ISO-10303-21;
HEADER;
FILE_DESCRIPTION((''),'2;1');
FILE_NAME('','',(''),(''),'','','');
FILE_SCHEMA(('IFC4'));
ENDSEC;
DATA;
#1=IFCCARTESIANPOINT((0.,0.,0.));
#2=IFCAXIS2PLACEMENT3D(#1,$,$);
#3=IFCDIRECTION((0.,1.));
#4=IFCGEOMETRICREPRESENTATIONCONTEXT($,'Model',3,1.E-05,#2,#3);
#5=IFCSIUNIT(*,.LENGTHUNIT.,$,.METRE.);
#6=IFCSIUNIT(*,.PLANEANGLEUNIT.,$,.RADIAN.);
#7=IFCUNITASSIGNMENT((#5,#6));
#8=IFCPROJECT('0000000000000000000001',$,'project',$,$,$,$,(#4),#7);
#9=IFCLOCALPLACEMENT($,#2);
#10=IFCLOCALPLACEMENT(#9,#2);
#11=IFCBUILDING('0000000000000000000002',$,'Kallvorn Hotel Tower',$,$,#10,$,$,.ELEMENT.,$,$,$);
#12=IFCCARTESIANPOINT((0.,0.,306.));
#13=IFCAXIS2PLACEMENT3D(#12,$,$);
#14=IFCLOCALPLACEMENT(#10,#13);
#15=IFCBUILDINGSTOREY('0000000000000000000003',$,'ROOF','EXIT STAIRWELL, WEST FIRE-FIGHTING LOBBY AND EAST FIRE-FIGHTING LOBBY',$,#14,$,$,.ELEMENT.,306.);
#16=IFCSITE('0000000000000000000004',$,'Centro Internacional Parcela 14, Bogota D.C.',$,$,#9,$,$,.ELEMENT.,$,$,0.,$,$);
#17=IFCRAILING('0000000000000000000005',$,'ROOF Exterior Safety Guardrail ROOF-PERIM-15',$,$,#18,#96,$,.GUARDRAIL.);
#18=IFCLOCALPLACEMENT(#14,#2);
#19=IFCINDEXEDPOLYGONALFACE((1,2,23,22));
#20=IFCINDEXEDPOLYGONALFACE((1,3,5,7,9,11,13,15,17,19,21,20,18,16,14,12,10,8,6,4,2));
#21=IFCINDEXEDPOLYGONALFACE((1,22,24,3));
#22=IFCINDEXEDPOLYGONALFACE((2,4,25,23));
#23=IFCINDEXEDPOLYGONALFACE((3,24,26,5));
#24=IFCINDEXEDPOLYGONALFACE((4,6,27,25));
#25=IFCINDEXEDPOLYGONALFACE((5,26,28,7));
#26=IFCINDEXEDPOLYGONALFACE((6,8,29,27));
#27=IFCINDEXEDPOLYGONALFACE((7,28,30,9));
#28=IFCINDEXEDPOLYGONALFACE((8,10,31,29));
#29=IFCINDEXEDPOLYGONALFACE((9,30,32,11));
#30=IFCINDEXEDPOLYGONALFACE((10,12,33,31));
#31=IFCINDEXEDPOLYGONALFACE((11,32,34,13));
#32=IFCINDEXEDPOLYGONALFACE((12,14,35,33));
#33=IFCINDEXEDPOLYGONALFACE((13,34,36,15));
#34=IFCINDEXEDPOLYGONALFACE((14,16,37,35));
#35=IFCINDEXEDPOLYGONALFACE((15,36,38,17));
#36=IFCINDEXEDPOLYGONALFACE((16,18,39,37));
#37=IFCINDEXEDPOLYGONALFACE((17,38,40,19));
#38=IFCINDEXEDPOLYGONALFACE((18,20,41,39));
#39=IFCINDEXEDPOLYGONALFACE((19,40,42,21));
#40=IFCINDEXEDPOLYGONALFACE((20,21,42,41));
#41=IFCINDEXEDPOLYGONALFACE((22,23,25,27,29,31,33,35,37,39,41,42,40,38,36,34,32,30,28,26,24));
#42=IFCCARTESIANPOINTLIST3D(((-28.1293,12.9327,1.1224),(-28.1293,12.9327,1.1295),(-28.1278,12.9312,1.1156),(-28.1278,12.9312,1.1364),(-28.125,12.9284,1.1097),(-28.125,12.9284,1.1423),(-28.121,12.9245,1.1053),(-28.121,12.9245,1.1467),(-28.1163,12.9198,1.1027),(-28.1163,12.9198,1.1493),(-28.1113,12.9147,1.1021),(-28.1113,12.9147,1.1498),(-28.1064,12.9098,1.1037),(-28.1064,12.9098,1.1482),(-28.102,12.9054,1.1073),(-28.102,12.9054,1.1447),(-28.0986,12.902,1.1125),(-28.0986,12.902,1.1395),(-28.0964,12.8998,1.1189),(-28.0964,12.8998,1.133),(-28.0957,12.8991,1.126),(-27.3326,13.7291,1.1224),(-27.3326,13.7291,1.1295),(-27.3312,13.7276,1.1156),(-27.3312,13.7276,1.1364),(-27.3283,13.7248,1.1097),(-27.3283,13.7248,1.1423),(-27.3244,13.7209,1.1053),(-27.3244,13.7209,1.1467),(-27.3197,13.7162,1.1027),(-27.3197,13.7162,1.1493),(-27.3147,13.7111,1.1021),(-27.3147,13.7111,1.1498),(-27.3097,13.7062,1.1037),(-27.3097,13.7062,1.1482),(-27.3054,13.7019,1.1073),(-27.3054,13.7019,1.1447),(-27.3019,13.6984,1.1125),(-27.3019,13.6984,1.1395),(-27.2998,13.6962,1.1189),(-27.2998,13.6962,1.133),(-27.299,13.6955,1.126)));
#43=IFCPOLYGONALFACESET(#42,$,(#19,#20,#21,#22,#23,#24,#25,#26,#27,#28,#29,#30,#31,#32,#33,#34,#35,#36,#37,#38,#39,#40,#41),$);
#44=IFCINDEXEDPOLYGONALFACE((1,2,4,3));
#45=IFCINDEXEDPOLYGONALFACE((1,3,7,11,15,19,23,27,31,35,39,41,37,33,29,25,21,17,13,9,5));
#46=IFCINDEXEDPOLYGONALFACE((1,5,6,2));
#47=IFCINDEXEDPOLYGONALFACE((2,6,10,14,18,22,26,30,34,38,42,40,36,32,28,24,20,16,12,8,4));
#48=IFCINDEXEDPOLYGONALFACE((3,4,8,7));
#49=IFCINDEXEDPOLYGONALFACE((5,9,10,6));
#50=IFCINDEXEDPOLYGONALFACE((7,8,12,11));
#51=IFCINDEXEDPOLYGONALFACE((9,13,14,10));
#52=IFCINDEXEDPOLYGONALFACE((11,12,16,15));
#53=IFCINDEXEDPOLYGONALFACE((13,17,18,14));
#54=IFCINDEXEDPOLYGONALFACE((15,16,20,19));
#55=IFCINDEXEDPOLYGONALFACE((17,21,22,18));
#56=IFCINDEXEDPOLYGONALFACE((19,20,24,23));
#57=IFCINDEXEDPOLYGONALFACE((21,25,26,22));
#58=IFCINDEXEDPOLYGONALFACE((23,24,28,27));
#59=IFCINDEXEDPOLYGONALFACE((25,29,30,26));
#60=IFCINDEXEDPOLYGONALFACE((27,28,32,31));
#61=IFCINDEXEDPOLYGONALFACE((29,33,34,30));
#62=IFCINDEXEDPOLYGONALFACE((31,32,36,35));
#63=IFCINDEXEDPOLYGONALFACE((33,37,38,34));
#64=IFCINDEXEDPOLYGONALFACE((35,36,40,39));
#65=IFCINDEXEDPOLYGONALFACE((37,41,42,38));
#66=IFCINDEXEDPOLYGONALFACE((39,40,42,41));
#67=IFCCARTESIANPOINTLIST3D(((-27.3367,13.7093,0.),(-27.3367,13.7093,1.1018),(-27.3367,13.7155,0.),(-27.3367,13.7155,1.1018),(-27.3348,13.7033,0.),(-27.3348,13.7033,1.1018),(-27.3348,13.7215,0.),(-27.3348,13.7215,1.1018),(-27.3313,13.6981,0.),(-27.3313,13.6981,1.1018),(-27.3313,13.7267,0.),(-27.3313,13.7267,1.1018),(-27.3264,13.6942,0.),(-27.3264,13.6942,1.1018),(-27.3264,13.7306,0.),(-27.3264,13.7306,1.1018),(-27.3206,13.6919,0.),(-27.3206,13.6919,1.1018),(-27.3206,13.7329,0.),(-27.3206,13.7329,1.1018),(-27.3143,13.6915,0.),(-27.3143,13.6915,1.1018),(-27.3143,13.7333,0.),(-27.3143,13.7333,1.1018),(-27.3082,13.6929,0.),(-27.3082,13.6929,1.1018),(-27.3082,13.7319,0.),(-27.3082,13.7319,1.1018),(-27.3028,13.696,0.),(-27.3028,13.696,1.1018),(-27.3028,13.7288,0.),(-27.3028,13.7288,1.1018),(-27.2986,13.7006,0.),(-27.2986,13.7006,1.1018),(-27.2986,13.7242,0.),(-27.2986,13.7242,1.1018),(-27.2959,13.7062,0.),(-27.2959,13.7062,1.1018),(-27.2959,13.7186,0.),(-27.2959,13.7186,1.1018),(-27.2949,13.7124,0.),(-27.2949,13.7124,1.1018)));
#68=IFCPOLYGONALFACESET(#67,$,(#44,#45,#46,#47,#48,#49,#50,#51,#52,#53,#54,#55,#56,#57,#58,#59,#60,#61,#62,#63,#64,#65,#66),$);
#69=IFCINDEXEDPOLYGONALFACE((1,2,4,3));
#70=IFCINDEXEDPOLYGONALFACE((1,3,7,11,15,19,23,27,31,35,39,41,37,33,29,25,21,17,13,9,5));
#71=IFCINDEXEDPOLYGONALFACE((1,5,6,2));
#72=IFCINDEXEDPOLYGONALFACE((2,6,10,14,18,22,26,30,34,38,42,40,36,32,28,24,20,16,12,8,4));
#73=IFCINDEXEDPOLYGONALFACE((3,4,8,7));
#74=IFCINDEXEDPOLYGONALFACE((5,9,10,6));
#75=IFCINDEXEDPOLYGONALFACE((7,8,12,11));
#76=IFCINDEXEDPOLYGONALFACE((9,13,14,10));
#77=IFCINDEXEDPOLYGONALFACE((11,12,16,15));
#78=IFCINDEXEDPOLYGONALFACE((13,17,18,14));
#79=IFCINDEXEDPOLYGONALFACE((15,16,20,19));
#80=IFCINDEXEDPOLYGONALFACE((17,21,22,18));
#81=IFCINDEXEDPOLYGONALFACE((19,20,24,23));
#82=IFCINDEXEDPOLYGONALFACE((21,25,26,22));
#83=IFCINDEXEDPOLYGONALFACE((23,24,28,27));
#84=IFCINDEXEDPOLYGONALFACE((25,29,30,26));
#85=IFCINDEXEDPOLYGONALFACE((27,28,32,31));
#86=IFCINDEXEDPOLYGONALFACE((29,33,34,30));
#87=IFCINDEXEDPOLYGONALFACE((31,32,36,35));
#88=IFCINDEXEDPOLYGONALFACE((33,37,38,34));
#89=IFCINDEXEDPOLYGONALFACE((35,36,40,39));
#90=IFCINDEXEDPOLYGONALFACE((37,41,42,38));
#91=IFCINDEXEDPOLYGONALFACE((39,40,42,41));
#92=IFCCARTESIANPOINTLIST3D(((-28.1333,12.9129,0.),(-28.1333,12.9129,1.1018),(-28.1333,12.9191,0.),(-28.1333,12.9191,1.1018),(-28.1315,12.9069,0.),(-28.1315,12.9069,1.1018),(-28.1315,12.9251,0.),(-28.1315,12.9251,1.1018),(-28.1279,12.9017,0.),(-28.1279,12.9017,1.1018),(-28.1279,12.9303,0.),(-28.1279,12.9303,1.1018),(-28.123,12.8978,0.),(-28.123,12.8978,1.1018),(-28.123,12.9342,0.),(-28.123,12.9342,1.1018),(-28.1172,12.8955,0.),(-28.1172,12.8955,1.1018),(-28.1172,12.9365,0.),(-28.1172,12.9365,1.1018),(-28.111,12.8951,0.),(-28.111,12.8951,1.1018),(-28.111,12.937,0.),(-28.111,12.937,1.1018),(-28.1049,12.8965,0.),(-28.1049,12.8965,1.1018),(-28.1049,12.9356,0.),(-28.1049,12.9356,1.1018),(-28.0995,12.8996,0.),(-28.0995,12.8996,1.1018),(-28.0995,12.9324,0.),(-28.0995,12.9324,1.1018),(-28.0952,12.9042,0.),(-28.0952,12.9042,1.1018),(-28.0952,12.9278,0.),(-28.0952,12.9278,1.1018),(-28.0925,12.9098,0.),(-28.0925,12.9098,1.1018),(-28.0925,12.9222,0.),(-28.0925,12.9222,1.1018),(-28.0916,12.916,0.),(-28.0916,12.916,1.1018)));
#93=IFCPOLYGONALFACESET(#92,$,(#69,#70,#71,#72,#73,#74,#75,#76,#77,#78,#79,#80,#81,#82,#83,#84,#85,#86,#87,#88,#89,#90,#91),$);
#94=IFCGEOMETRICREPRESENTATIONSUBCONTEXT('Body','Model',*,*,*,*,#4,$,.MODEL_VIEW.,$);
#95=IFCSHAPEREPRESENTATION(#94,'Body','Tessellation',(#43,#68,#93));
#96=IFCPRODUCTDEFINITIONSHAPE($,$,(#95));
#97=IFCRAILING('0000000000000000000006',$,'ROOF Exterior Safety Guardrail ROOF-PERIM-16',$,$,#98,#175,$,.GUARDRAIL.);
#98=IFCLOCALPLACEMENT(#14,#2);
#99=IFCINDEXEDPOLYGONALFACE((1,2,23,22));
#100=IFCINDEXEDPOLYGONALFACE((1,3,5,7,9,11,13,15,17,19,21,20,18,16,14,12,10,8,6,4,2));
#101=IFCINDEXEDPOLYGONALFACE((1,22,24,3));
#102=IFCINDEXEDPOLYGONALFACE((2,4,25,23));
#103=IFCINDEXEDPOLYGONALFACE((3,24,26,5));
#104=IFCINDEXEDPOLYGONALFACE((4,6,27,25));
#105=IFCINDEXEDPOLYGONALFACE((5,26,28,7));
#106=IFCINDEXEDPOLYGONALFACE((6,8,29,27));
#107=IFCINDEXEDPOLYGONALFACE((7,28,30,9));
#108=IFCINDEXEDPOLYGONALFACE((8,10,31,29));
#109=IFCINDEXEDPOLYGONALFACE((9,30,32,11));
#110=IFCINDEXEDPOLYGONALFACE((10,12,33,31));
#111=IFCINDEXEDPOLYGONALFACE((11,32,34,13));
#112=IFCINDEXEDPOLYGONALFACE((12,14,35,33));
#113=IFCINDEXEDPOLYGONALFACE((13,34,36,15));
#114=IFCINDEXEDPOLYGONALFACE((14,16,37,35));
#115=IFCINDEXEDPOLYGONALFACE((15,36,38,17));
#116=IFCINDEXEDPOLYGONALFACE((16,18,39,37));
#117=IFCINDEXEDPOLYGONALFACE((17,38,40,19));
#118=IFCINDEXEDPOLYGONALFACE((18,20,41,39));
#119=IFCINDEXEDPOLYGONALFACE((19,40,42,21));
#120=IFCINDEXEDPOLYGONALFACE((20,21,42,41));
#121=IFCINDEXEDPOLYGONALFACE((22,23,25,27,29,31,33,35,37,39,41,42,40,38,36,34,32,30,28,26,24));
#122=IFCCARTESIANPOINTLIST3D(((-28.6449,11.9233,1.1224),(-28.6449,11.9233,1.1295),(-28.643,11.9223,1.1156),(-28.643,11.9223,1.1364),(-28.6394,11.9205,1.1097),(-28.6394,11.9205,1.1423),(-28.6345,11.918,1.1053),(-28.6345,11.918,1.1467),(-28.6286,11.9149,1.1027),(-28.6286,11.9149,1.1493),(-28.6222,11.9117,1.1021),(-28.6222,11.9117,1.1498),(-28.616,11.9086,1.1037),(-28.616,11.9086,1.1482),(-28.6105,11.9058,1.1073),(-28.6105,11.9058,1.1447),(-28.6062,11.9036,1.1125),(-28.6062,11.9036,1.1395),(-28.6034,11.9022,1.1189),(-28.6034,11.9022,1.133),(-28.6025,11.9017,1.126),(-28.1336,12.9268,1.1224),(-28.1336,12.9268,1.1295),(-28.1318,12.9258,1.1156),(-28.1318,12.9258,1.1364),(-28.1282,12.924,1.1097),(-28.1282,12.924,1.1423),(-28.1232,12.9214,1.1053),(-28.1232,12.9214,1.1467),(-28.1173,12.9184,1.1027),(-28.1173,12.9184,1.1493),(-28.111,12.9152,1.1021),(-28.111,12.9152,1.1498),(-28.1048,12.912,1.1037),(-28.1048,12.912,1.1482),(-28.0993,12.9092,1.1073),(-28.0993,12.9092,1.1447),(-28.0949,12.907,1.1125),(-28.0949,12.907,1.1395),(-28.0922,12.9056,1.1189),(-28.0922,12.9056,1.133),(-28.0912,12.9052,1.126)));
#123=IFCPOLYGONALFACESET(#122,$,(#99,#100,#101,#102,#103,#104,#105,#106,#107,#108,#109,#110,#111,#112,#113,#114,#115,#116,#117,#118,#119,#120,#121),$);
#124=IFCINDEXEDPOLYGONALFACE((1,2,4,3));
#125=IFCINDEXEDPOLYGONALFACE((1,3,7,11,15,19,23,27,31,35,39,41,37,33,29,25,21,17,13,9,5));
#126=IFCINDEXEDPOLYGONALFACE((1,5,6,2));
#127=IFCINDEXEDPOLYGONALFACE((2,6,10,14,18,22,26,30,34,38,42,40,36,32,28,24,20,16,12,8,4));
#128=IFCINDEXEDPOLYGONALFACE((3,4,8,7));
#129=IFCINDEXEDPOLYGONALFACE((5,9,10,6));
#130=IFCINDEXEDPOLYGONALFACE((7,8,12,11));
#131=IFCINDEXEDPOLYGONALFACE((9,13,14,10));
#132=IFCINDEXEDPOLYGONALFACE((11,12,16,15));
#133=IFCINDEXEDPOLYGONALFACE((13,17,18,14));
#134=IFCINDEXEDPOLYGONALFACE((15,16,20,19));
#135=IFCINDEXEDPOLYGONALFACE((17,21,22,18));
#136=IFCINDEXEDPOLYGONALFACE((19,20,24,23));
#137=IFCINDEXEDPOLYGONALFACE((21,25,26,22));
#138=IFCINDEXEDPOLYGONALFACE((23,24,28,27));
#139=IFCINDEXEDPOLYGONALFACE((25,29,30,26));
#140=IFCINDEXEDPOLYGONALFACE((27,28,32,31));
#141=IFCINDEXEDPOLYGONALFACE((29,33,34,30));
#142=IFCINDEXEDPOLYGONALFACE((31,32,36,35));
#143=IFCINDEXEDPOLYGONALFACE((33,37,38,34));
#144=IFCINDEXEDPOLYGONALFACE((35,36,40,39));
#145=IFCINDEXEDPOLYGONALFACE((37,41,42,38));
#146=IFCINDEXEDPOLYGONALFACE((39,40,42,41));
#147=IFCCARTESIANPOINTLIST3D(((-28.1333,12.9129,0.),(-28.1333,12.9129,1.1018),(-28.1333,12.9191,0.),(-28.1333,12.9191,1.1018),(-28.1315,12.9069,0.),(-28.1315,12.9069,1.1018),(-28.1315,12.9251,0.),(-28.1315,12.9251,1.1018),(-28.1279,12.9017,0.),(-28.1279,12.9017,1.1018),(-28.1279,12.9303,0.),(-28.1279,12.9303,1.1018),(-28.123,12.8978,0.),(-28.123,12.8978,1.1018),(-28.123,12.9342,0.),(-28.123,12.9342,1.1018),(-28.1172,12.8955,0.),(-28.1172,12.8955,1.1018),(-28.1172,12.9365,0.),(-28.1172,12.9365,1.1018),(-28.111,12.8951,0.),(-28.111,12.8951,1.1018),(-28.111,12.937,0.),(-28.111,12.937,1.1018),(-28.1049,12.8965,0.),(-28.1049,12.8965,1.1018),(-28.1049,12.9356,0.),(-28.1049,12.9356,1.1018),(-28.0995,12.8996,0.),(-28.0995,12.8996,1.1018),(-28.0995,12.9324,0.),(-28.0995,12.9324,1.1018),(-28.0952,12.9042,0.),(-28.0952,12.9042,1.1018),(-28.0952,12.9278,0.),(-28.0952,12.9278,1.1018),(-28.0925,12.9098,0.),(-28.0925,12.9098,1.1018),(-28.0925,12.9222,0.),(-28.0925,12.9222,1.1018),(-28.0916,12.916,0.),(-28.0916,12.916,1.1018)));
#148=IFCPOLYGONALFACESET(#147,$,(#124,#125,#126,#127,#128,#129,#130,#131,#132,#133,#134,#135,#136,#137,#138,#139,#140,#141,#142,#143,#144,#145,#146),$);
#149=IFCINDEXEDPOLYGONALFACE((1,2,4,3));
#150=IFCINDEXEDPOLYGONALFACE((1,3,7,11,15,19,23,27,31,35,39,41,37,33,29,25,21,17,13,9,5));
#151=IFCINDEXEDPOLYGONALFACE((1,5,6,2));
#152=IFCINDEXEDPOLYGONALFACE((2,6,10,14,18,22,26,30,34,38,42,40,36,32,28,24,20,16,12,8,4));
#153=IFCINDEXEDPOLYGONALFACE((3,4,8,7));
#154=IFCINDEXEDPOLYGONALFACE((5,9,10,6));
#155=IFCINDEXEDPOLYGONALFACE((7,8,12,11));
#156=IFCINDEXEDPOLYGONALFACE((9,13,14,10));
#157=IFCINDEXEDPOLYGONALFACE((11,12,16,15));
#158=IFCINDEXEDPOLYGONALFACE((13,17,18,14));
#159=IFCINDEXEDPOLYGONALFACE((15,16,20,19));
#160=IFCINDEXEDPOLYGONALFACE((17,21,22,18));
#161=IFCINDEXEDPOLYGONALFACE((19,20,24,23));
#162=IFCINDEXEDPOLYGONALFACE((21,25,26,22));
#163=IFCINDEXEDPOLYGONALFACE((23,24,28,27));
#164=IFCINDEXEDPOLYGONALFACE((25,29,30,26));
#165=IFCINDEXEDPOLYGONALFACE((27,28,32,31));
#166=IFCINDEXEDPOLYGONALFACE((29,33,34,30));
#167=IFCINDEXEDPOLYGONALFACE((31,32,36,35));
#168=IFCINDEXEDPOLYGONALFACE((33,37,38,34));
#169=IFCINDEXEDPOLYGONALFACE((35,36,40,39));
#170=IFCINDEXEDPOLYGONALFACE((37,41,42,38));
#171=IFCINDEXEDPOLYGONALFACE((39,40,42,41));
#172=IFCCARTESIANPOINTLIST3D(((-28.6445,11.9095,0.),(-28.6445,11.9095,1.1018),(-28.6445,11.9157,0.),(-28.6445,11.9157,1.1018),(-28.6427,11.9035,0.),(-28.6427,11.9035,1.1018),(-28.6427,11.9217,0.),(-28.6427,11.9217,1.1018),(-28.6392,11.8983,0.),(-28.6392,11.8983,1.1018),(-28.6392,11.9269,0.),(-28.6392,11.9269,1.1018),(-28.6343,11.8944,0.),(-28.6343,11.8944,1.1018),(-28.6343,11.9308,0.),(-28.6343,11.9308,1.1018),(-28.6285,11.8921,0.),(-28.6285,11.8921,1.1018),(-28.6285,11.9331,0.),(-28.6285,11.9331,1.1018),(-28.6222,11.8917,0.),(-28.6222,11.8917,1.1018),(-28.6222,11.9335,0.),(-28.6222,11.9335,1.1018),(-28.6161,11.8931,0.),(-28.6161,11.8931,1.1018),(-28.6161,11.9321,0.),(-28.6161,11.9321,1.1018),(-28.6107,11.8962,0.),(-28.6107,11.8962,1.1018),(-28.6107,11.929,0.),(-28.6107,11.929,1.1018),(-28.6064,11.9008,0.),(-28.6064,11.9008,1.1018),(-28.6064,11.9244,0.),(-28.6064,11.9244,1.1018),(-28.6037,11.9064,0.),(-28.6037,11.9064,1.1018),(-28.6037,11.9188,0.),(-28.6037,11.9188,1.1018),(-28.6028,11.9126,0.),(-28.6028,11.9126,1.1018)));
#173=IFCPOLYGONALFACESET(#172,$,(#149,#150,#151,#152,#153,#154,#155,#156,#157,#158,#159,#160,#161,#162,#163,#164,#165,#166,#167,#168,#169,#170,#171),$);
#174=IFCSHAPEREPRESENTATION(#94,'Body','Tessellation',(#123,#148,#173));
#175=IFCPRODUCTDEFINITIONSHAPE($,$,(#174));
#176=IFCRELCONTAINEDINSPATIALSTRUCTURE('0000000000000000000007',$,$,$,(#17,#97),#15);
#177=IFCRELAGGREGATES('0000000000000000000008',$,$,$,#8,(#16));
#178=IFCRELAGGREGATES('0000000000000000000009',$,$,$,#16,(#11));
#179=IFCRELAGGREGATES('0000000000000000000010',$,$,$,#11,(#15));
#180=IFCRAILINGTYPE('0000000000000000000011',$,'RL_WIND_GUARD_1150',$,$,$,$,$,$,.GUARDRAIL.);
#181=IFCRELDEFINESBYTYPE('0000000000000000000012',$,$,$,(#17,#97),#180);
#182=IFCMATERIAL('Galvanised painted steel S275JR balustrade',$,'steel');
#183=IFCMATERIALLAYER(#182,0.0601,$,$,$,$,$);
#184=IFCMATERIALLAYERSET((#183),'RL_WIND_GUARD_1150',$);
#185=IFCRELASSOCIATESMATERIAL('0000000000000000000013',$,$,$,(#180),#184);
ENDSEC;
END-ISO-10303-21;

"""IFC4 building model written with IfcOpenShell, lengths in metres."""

from ifc_helpers import new_model, si_unit, direction, frame, origin, origin_2d, place, context, subcontext, project, spatial, circle, extrude, material, layer, layer_set, type_object, element, save


model = new_model("IFC4")

# Units and contexts
model_context = context("Model", 3, precision=1e-05, world=origin(), true_north=direction((0.0, 1.0)))
body_context = subcontext(model_context, "Body", "Model", "MODEL_VIEW")
ifc_project = project(units=[si_unit("LENGTHUNIT", "METRE"), si_unit("PLANEANGLEUNIT", "RADIAN")], contexts=[model_context])

# Site, building, storey
site_placement = place(None, origin())
site = spatial("IfcSite", under=ifc_project, at=site_placement, Name="Centro Internacional Parcela 14, Bogota D.C.", CompositionType="ELEMENT", RefElevation=0.0)
building_placement = place(site_placement, origin())
building = spatial("IfcBuilding", under=site, at=building_placement, Name="Kallvorn Hotel Tower", CompositionType="ELEMENT")
storey_placement = place(building_placement, frame((0.0, 0.0, 306.0)))
storey = spatial("IfcBuildingStorey", under=building, at=storey_placement, Name="ROOF", Description="EXIT STAIRWELL, WEST FIRE-FIGHTING LOBBY AND EAST FIRE-FIGHTING LOBBY", CompositionType="ELEMENT", Elevation=306.0)

# Railings
ifc_material_1 = material(Name="Galvanised painted steel S275JR balustrade", Category="steel")
ifc_layer_1 = layer(ifc_material_1, 0.0601)
ifc_layer_set_1 = layer_set([ifc_layer_1], Name="RL_WIND_GUARD_1150")
railing_type = type_object("IfcRailingType", Name="RL_WIND_GUARD_1150", PredefinedType="GUARDRAIL", material=ifc_layer_set_1)
railing_1_placement = place(storey_placement, frame((-27.3159, 13.7124, 0.0)))
element("IfcRailing", 1, at=railing_1_placement, inside=storey, type_object=railing_type, Name="ROOF Exterior Safety Guardrail ROOF-PERIM-15", PredefinedType="GUARDRAIL", context=body_context, shape_type="SweptSolid", body=[
    extrude(circle(Radius=0.0239, at=origin_2d()), frame((0.0, 0.0, 1.126), z_axis=(-0.707215, -0.706998, 0.0), x_axis=(0.706998, -0.707215, 0.0)), (0.0, 0.0, 1.0), 1.1265),
    extrude(circle(Radius=0.021, at=origin_2d()), origin(), (0.0, 0.0, 1.0), 1.1018),
    extrude(circle(Radius=0.021, at=origin_2d()), frame((-0.7966, -0.7964, 0.0)), (0.0, 0.0, 1.0), 1.1018),
])
railing_2_placement = place(storey_placement, frame((-28.1125, 12.916, 0.0)))
element("IfcRailing", 2, at=railing_2_placement, inside=storey, type_object=railing_type, Name="ROOF Exterior Safety Guardrail ROOF-PERIM-16", PredefinedType="GUARDRAIL", context=body_context, shape_type="SweptSolid", body=[
    extrude(circle(Radius=0.0239, at=origin_2d()), frame((0.0, 0.0, 1.126), z_axis=(-0.453965, -0.89102, 0.0), x_axis=(0.89102, -0.453965, 0.0)), (0.0, 0.0, 1.0), 1.1262),
    extrude(circle(Radius=0.021, at=origin_2d()), origin(), (0.0, 0.0, 1.0), 1.1018),
    extrude(circle(Radius=0.021, at=origin_2d()), frame((-0.5112, -1.0034, 0.0)), (0.0, 0.0, 1.0), 1.1018),
])

save(model, "model.ifc")
